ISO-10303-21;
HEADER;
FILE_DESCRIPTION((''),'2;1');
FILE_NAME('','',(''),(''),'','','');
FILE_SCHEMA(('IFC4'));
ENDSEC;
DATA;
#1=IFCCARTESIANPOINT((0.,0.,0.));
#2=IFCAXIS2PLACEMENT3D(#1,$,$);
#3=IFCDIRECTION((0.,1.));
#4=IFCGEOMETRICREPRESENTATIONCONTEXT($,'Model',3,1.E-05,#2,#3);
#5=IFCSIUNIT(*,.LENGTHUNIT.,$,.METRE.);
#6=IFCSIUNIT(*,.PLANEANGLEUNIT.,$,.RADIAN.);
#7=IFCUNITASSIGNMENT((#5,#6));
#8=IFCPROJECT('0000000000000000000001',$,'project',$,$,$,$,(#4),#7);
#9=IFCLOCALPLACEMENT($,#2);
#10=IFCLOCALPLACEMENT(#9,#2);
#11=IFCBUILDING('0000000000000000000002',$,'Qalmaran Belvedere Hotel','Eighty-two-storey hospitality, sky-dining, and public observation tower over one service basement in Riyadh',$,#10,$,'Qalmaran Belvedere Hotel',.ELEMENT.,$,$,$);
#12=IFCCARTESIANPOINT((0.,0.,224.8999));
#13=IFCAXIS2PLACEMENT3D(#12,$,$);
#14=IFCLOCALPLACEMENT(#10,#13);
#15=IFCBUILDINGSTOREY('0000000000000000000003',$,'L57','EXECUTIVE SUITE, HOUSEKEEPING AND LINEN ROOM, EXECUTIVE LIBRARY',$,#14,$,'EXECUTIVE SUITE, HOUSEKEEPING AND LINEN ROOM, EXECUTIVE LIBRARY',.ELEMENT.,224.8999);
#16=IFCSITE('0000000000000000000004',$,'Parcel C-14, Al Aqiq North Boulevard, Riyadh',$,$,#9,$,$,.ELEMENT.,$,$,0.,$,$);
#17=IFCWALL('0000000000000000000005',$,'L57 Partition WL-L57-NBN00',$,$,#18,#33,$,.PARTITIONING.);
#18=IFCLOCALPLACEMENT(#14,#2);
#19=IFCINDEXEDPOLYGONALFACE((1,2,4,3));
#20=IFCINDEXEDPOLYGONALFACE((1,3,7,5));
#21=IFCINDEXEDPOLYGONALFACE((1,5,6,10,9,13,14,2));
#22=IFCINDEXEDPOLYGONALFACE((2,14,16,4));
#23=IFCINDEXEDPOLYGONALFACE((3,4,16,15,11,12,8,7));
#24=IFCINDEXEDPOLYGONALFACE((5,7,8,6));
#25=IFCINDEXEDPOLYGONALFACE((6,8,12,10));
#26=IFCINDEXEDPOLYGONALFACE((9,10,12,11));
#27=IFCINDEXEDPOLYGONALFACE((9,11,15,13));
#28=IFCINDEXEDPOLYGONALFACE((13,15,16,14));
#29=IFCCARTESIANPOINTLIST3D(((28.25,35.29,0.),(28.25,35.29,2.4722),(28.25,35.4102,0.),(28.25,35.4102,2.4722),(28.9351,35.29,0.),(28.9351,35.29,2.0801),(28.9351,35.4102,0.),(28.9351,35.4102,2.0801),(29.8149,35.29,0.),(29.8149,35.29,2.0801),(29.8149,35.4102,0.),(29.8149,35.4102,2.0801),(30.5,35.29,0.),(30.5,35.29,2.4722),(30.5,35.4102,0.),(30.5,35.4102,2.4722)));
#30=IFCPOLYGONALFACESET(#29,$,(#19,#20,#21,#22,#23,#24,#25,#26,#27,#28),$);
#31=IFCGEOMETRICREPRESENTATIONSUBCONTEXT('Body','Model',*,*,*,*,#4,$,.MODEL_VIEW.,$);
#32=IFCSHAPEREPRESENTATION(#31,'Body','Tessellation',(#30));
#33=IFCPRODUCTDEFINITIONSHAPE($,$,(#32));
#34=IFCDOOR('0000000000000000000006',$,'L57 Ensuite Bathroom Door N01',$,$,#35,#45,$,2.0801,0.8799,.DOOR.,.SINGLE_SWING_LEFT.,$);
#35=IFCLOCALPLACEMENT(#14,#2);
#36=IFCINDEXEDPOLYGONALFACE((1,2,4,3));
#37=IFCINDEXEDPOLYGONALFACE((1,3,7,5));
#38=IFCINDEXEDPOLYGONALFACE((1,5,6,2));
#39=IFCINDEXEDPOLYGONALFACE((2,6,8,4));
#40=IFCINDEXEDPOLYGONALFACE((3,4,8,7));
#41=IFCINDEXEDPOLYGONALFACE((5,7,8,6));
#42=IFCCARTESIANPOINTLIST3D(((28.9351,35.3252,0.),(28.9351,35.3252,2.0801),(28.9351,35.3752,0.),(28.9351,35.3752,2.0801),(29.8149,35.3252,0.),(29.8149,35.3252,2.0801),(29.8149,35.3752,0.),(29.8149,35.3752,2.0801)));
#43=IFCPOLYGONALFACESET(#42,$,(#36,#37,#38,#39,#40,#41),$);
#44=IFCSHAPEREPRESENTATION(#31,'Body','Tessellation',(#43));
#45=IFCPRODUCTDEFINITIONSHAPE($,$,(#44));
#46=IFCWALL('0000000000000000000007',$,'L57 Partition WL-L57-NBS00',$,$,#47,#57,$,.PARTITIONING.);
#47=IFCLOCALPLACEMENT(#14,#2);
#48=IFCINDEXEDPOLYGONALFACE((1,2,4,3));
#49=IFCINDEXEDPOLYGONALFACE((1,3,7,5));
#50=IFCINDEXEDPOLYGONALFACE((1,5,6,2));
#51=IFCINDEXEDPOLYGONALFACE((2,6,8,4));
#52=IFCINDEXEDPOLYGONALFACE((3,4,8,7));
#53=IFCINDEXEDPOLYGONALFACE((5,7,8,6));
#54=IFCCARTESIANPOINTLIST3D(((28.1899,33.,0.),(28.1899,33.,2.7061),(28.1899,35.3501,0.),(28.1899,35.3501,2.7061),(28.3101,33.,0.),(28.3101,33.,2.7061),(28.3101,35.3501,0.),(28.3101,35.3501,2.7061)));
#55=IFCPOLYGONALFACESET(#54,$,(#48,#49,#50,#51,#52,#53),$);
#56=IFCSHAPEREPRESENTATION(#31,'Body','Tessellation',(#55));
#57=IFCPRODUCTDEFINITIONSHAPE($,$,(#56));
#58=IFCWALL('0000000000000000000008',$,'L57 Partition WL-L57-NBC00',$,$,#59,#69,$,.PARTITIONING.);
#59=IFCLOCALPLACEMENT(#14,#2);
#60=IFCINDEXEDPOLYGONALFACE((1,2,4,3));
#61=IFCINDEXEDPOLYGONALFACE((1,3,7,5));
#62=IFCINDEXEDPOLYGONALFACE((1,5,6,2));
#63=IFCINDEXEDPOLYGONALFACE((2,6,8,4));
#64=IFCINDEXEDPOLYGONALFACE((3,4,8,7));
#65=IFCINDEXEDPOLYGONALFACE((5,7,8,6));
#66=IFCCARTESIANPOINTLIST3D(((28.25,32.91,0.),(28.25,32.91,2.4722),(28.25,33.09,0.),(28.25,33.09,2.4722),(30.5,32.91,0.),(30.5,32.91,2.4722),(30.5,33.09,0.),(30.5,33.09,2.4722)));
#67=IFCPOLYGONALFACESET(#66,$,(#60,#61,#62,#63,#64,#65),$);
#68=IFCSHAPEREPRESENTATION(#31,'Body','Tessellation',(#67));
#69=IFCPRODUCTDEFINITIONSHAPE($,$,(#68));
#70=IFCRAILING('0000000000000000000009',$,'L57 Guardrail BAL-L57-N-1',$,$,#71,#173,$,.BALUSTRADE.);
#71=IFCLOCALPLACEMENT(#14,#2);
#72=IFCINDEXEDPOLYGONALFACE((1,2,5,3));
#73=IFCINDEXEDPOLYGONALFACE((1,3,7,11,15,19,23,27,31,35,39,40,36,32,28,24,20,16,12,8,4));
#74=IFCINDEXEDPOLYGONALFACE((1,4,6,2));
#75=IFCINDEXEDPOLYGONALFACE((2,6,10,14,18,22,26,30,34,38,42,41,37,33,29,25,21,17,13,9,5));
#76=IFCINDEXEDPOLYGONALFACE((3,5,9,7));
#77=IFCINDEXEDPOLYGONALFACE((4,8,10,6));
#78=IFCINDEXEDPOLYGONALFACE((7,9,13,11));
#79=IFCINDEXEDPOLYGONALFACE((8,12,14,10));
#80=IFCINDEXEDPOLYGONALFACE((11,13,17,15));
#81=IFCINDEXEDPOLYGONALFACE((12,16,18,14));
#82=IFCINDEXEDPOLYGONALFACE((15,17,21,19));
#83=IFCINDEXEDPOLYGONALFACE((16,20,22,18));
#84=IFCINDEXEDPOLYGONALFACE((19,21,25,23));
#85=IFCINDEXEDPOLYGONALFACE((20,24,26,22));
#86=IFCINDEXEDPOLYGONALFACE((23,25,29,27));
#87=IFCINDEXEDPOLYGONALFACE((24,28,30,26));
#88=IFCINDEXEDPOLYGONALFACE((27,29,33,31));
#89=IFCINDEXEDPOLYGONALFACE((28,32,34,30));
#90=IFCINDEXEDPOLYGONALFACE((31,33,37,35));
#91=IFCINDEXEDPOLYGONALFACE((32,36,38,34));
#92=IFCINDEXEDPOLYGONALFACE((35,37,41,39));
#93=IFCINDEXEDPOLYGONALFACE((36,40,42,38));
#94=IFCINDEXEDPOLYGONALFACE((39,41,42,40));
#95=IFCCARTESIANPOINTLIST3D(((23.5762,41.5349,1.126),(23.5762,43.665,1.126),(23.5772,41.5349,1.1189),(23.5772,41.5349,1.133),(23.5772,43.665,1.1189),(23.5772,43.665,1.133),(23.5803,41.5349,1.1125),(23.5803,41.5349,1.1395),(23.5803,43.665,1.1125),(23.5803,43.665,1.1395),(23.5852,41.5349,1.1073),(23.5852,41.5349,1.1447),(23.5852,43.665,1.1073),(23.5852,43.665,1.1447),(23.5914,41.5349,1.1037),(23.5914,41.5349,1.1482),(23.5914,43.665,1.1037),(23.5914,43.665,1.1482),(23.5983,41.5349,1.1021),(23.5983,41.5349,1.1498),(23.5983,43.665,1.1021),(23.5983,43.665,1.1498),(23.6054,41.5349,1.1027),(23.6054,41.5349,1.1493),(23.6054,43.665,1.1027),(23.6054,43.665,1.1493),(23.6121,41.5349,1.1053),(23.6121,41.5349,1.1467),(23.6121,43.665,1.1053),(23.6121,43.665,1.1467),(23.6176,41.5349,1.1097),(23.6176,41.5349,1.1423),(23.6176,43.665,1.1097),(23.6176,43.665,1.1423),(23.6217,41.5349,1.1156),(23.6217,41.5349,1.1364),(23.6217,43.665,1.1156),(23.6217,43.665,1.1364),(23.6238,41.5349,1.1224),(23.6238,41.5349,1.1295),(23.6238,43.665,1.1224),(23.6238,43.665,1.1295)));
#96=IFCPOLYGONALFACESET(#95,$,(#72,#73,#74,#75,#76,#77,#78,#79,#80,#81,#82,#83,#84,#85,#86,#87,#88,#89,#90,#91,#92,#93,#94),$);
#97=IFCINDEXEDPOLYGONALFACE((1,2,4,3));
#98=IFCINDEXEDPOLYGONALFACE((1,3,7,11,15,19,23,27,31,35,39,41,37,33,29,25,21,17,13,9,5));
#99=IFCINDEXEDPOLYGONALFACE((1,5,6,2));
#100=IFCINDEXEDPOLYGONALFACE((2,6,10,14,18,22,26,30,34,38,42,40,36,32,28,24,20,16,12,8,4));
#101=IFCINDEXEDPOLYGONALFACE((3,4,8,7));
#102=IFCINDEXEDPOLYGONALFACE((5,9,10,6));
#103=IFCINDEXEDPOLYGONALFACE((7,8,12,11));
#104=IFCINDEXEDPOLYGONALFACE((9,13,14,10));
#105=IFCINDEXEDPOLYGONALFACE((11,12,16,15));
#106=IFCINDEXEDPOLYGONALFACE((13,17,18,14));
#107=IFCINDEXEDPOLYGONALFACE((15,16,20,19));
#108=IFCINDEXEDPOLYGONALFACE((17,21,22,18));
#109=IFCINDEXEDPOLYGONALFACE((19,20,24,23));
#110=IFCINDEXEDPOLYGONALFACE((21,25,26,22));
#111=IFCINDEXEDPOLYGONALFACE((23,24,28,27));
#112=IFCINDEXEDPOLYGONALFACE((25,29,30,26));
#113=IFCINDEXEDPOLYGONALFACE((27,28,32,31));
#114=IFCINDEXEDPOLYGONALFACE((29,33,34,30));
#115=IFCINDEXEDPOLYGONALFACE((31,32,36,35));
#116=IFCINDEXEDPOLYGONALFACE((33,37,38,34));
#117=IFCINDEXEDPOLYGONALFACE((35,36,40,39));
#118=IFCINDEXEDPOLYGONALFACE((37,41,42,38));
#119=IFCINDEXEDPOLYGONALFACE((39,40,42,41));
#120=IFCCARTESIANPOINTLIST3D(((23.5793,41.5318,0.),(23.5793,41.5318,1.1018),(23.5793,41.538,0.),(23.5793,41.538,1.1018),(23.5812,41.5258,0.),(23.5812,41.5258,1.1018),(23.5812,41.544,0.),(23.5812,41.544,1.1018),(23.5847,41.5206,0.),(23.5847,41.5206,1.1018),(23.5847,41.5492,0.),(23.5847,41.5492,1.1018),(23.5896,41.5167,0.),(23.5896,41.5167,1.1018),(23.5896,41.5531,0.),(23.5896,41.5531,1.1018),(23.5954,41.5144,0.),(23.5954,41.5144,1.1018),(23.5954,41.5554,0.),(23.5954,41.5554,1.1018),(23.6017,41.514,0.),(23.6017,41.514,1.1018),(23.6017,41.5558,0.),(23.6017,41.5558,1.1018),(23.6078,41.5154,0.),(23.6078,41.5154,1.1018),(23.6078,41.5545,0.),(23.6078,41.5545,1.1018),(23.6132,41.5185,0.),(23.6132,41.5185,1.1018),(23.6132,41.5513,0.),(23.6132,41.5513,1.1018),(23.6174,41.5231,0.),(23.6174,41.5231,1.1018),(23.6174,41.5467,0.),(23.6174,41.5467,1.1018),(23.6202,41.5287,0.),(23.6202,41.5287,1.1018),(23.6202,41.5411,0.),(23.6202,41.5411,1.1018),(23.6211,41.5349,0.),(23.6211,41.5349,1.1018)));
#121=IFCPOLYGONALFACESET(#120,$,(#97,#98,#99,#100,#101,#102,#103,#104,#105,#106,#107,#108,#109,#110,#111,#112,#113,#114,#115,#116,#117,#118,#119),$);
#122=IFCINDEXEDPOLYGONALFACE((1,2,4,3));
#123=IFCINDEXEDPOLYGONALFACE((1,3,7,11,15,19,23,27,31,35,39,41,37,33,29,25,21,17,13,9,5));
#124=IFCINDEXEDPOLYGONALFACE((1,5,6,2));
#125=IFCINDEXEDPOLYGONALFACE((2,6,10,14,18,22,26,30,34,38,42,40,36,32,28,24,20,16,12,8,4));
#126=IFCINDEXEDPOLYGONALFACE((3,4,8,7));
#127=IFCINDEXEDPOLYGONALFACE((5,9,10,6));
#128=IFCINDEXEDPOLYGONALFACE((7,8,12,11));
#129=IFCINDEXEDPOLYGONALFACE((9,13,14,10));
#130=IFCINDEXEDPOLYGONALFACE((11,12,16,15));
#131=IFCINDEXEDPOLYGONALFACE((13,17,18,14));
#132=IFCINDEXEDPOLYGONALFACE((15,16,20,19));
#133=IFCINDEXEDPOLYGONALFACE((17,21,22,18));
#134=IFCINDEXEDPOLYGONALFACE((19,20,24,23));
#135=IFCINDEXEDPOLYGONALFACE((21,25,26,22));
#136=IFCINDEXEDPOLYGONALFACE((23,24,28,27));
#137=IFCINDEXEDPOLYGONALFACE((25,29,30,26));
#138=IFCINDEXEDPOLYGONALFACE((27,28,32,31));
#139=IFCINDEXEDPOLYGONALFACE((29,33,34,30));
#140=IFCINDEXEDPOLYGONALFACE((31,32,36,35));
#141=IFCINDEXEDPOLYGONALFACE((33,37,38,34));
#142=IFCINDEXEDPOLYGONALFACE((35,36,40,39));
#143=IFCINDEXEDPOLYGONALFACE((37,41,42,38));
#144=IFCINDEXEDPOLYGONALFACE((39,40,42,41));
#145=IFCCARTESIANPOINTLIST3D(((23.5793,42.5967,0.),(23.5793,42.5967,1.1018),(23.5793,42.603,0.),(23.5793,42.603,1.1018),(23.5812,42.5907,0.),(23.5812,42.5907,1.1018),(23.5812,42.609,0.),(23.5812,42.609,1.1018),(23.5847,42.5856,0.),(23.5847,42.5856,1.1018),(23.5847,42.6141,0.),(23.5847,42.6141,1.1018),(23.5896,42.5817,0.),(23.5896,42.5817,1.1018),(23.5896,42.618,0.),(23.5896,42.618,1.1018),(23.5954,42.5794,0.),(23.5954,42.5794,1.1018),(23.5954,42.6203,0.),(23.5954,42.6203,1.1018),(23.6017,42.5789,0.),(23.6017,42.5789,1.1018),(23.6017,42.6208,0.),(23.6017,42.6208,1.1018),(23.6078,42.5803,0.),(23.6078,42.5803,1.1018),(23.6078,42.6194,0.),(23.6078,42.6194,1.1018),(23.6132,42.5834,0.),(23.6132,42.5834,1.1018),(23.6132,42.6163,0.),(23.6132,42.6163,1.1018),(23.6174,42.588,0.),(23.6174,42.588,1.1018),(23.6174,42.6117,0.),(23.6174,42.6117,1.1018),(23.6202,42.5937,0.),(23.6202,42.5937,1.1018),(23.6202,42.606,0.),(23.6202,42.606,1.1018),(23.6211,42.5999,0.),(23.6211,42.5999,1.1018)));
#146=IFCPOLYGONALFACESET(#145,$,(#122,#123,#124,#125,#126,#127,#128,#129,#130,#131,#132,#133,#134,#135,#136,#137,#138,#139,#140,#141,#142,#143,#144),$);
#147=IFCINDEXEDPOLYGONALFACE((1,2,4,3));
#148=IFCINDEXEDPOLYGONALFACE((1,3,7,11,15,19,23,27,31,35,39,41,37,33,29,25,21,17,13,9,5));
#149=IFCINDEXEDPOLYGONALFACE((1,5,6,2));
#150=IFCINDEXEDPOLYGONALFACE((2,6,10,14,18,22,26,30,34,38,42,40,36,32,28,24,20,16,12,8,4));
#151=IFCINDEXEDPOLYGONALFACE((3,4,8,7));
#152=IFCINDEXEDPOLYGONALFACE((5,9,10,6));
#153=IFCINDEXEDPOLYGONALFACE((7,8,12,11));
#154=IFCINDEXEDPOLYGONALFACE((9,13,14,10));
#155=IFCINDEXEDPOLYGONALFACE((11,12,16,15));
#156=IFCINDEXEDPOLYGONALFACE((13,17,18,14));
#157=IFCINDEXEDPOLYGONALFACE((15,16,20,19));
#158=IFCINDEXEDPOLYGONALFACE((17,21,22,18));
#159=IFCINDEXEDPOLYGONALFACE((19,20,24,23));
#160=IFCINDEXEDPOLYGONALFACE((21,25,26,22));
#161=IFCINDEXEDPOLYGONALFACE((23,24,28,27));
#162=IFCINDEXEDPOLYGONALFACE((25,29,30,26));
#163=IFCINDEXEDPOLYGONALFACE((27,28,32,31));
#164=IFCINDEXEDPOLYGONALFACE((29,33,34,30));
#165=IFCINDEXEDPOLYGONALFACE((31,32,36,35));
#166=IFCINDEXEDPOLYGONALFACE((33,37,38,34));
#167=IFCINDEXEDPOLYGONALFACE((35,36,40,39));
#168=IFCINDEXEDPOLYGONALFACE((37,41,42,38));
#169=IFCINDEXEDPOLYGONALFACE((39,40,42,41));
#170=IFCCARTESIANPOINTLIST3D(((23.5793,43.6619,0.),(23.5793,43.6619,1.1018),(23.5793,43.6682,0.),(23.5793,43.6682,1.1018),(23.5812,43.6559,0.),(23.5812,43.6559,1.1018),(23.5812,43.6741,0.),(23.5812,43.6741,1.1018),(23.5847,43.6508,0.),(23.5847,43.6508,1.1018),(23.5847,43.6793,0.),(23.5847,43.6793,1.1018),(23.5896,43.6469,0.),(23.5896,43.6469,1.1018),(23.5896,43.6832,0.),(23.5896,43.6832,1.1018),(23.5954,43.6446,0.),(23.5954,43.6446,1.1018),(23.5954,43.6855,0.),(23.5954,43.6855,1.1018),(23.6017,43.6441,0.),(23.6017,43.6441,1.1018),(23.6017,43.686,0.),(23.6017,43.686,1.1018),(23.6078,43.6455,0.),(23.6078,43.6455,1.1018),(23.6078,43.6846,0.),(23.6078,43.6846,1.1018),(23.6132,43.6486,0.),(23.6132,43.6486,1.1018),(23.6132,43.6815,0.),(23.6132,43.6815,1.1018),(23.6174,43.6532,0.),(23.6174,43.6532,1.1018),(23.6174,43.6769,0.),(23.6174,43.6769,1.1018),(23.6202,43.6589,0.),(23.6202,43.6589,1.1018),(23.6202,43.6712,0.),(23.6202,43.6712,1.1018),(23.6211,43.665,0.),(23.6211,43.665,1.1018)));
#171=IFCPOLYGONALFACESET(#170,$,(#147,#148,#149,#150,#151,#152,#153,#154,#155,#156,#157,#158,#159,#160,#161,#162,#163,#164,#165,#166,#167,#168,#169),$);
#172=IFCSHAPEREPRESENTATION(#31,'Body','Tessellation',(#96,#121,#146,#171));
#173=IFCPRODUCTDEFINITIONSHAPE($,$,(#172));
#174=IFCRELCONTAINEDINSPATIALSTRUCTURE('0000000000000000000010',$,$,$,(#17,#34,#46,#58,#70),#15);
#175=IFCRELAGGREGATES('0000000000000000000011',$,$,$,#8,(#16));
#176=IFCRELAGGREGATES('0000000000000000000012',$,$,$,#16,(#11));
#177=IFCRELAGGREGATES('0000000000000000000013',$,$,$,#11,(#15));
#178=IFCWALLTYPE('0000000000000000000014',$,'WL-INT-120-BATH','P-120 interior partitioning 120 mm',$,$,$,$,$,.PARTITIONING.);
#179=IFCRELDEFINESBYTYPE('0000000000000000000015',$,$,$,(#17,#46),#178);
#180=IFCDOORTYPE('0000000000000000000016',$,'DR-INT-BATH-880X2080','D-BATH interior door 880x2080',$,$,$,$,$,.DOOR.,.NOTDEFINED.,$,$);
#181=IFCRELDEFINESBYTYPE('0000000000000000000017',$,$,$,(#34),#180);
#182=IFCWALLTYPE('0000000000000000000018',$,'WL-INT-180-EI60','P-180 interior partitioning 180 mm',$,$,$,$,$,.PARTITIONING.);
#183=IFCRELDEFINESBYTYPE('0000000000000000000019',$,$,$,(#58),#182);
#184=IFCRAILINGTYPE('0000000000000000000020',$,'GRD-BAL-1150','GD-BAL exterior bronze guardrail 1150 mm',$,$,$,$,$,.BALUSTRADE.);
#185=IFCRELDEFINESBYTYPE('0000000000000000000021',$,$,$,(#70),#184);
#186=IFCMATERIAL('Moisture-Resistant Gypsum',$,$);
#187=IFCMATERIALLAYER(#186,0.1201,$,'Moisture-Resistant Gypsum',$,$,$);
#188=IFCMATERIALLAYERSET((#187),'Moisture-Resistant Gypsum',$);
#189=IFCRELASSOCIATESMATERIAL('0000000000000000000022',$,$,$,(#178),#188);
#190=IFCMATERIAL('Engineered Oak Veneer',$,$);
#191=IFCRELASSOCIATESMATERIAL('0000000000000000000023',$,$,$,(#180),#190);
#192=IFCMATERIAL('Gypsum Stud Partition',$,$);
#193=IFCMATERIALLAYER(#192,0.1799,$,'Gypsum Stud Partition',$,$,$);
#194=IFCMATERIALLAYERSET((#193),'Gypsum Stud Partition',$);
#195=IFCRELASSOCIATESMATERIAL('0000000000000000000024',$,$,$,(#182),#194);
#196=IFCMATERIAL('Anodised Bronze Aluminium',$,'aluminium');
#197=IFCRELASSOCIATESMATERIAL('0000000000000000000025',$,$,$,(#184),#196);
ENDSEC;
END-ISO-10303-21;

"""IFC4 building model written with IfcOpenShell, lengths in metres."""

from ifc_helpers import new_model, si_unit, direction, frame, frame_2d, origin, origin_2d, place, context, subcontext, project, spatial, rectangle, circle, extrude, material, layer, layer_set, type_object, element, fill, save


model = new_model("IFC4")

# Units and contexts
model_context = context("Model", 3, precision=1e-05, world=origin(), true_north=direction((0.0, 1.0)))
body_context = subcontext(model_context, "Body", "Model", "MODEL_VIEW")
ifc_project = project(units=[si_unit("LENGTHUNIT", "METRE"), si_unit("PLANEANGLEUNIT", "RADIAN")], contexts=[model_context])

# Site, building, storey
site_placement = place(None, origin())
site = spatial("IfcSite", under=ifc_project, at=site_placement, Name="Parcel C-14, Al Aqiq North Boulevard, Riyadh", CompositionType="ELEMENT", RefElevation=0.0)
building_placement = place(site_placement, origin())
building = spatial("IfcBuilding", under=site, at=building_placement, Name="Qalmaran Belvedere Hotel", Description="Eighty-two-storey hospitality, sky-dining, and public observation tower over one service basement in Riyadh", LongName="Qalmaran Belvedere Hotel", CompositionType="ELEMENT")
storey_placement = place(building_placement, frame((0.0, 0.0, 224.8999)))
storey = spatial("IfcBuildingStorey", under=building, at=storey_placement, Name="L57", Description="EXECUTIVE SUITE, HOUSEKEEPING AND LINEN ROOM, EXECUTIVE LIBRARY", LongName="EXECUTIVE SUITE, HOUSEKEEPING AND LINEN ROOM, EXECUTIVE LIBRARY", CompositionType="ELEMENT", Elevation=224.8999)

# Shared definitions
ifc_material_1 = material(Name="Anodised Bronze Aluminium", Category="aluminium")

# Wall, opening, door
ifc_material_2 = material(Name="Moisture-Resistant Gypsum")
ifc_layer_1 = layer(ifc_material_2, 0.1201, Name="Moisture-Resistant Gypsum")
ifc_layer_set_1 = layer_set([ifc_layer_1], Name="Moisture-Resistant Gypsum")
wall_type_1 = type_object("IfcWallType", Name="WL-INT-120-BATH", Description="P-120 interior partitioning 120 mm", PredefinedType="PARTITIONING", material=ifc_layer_set_1)
wall_1_placement = place(storey_placement, frame((28.25, 35.3501, 0.0), z_axis=(0.0, 0.0, 1.0), x_axis=(1.0, 0.0, 0.0)))
wall_1 = element("IfcWall", 1, at=wall_1_placement, inside=storey, type_object=wall_type_1, Name="L57 Partition WL-L57-NBN00", PredefinedType="PARTITIONING", context=body_context, shape_type="SweptSolid", body=[
    extrude(rectangle(XDim=2.25, YDim=0.1201, at=frame_2d((1.125, 0.0))), origin(), (0.0, 0.0, 1.0), 2.4722),
])
opening_1_placement = place(wall_1_placement, frame((1.5649, 0.0, 0.0), z_axis=(0.0, 0.0, 1.0), x_axis=(-1.0, 0.0, 0.0)))
opening_1 = element("IfcOpeningElement", 2, at=opening_1_placement, cuts=wall_1, PredefinedType="OPENING", context=body_context, shape_type="SweptSolid", body=[
    extrude(rectangle(XDim=0.8799, YDim=2.0801, at=frame_2d((0.4399, 1.04))), frame((0.0, 0.0701, 0.0), z_axis=(0.0, -1.0, 0.0), x_axis=(1.0, 0.0, 0.0)), (0.0, 0.0, 1.0), 0.1401),
])
ifc_material_3 = material(Name="Engineered Oak Veneer")
door_type_1 = type_object("IfcDoorType", Name="DR-INT-BATH-880X2080", Description="D-BATH interior door 880x2080", OperationType="NOTDEFINED", PredefinedType="DOOR", material=ifc_material_3)
door_1_placement = place(opening_1_placement, origin())
door_1 = element("IfcDoor", 3, at=door_1_placement, inside=storey, type_object=door_type_1, Name="L57 Ensuite Bathroom Door N01", OperationType="SINGLE_SWING_LEFT", OverallHeight=2.0801, OverallWidth=0.8799, PredefinedType="DOOR", context=body_context, shape_type="SweptSolid", body=[
    extrude(rectangle(XDim=0.8799, YDim=2.0801, at=frame_2d((0.4399, 1.04))), frame((0.0, 0.0249, 0.0), z_axis=(0.0, -1.0, 0.0), x_axis=(1.0, 0.0, 0.0)), (0.0, 0.0, 1.0), 0.05),
])
fill(opening_1, door_1)

# Walls
wall_2_placement = place(storey_placement, frame((28.25, 33.0, 0.0), z_axis=(0.0, 0.0, 1.0), x_axis=(0.0, 1.0, 0.0)))
element("IfcWall", 4, at=wall_2_placement, inside=storey, type_object=wall_type_1, Name="L57 Partition WL-L57-NBS00", PredefinedType="PARTITIONING", context=body_context, shape_type="SweptSolid", body=[
    extrude(rectangle(XDim=2.3501, YDim=0.1201, at=frame_2d((1.175, 0.0))), origin(), (0.0, 0.0, 1.0), 2.7061),
])
ifc_material_4 = material(Name="Gypsum Stud Partition")
ifc_layer_2 = layer(ifc_material_4, 0.1799, Name="Gypsum Stud Partition")
ifc_layer_set_2 = layer_set([ifc_layer_2], Name="Gypsum Stud Partition")
wall_type_2 = type_object("IfcWallType", Name="WL-INT-180-EI60", Description="P-180 interior partitioning 180 mm", PredefinedType="PARTITIONING", material=ifc_layer_set_2)
wall_3_placement = place(storey_placement, frame((28.25, 33.0, 0.0), z_axis=(0.0, 0.0, 1.0), x_axis=(1.0, 0.0, 0.0)))
element("IfcWall", 5, at=wall_3_placement, inside=storey, type_object=wall_type_2, Name="L57 Partition WL-L57-NBC00", PredefinedType="PARTITIONING", context=body_context, shape_type="SweptSolid", body=[
    extrude(rectangle(XDim=2.25, YDim=0.1799, at=frame_2d((1.125, 0.0))), origin(), (0.0, 0.0, 1.0), 2.4722),
])

# Railing
railing_type = type_object("IfcRailingType", Name="GRD-BAL-1150", Description="GD-BAL exterior bronze guardrail 1150 mm", PredefinedType="BALUSTRADE", material=ifc_material_1)
railing_1_placement = place(storey_placement, frame((23.6001, 41.5349, 0.0)))
element("IfcRailing", 6, at=railing_1_placement, inside=storey, type_object=railing_type, Name="L57 Guardrail BAL-L57-N-1", PredefinedType="BALUSTRADE", context=body_context, shape_type="SweptSolid", body=[
    extrude(circle(Radius=0.0239, at=origin_2d()), frame((0.0, 0.0, 1.126), z_axis=(0.0, 1.0, 0.0), x_axis=(-1.0, 0.0, 0.0)), (0.0, 0.0, 1.0), 2.1301),
    extrude(circle(Radius=0.021, at=origin_2d()), origin(), (0.0, 0.0, 1.0), 1.1018),
    extrude(circle(Radius=0.021, at=origin_2d()), frame((0.0, 1.0649, 0.0)), (0.0, 0.0, 1.0), 1.1018),
    extrude(circle(Radius=0.021, at=origin_2d()), frame((0.0, 2.1301, 0.0)), (0.0, 0.0, 1.0), 1.1018),
])

save(model, "model.ifc")
